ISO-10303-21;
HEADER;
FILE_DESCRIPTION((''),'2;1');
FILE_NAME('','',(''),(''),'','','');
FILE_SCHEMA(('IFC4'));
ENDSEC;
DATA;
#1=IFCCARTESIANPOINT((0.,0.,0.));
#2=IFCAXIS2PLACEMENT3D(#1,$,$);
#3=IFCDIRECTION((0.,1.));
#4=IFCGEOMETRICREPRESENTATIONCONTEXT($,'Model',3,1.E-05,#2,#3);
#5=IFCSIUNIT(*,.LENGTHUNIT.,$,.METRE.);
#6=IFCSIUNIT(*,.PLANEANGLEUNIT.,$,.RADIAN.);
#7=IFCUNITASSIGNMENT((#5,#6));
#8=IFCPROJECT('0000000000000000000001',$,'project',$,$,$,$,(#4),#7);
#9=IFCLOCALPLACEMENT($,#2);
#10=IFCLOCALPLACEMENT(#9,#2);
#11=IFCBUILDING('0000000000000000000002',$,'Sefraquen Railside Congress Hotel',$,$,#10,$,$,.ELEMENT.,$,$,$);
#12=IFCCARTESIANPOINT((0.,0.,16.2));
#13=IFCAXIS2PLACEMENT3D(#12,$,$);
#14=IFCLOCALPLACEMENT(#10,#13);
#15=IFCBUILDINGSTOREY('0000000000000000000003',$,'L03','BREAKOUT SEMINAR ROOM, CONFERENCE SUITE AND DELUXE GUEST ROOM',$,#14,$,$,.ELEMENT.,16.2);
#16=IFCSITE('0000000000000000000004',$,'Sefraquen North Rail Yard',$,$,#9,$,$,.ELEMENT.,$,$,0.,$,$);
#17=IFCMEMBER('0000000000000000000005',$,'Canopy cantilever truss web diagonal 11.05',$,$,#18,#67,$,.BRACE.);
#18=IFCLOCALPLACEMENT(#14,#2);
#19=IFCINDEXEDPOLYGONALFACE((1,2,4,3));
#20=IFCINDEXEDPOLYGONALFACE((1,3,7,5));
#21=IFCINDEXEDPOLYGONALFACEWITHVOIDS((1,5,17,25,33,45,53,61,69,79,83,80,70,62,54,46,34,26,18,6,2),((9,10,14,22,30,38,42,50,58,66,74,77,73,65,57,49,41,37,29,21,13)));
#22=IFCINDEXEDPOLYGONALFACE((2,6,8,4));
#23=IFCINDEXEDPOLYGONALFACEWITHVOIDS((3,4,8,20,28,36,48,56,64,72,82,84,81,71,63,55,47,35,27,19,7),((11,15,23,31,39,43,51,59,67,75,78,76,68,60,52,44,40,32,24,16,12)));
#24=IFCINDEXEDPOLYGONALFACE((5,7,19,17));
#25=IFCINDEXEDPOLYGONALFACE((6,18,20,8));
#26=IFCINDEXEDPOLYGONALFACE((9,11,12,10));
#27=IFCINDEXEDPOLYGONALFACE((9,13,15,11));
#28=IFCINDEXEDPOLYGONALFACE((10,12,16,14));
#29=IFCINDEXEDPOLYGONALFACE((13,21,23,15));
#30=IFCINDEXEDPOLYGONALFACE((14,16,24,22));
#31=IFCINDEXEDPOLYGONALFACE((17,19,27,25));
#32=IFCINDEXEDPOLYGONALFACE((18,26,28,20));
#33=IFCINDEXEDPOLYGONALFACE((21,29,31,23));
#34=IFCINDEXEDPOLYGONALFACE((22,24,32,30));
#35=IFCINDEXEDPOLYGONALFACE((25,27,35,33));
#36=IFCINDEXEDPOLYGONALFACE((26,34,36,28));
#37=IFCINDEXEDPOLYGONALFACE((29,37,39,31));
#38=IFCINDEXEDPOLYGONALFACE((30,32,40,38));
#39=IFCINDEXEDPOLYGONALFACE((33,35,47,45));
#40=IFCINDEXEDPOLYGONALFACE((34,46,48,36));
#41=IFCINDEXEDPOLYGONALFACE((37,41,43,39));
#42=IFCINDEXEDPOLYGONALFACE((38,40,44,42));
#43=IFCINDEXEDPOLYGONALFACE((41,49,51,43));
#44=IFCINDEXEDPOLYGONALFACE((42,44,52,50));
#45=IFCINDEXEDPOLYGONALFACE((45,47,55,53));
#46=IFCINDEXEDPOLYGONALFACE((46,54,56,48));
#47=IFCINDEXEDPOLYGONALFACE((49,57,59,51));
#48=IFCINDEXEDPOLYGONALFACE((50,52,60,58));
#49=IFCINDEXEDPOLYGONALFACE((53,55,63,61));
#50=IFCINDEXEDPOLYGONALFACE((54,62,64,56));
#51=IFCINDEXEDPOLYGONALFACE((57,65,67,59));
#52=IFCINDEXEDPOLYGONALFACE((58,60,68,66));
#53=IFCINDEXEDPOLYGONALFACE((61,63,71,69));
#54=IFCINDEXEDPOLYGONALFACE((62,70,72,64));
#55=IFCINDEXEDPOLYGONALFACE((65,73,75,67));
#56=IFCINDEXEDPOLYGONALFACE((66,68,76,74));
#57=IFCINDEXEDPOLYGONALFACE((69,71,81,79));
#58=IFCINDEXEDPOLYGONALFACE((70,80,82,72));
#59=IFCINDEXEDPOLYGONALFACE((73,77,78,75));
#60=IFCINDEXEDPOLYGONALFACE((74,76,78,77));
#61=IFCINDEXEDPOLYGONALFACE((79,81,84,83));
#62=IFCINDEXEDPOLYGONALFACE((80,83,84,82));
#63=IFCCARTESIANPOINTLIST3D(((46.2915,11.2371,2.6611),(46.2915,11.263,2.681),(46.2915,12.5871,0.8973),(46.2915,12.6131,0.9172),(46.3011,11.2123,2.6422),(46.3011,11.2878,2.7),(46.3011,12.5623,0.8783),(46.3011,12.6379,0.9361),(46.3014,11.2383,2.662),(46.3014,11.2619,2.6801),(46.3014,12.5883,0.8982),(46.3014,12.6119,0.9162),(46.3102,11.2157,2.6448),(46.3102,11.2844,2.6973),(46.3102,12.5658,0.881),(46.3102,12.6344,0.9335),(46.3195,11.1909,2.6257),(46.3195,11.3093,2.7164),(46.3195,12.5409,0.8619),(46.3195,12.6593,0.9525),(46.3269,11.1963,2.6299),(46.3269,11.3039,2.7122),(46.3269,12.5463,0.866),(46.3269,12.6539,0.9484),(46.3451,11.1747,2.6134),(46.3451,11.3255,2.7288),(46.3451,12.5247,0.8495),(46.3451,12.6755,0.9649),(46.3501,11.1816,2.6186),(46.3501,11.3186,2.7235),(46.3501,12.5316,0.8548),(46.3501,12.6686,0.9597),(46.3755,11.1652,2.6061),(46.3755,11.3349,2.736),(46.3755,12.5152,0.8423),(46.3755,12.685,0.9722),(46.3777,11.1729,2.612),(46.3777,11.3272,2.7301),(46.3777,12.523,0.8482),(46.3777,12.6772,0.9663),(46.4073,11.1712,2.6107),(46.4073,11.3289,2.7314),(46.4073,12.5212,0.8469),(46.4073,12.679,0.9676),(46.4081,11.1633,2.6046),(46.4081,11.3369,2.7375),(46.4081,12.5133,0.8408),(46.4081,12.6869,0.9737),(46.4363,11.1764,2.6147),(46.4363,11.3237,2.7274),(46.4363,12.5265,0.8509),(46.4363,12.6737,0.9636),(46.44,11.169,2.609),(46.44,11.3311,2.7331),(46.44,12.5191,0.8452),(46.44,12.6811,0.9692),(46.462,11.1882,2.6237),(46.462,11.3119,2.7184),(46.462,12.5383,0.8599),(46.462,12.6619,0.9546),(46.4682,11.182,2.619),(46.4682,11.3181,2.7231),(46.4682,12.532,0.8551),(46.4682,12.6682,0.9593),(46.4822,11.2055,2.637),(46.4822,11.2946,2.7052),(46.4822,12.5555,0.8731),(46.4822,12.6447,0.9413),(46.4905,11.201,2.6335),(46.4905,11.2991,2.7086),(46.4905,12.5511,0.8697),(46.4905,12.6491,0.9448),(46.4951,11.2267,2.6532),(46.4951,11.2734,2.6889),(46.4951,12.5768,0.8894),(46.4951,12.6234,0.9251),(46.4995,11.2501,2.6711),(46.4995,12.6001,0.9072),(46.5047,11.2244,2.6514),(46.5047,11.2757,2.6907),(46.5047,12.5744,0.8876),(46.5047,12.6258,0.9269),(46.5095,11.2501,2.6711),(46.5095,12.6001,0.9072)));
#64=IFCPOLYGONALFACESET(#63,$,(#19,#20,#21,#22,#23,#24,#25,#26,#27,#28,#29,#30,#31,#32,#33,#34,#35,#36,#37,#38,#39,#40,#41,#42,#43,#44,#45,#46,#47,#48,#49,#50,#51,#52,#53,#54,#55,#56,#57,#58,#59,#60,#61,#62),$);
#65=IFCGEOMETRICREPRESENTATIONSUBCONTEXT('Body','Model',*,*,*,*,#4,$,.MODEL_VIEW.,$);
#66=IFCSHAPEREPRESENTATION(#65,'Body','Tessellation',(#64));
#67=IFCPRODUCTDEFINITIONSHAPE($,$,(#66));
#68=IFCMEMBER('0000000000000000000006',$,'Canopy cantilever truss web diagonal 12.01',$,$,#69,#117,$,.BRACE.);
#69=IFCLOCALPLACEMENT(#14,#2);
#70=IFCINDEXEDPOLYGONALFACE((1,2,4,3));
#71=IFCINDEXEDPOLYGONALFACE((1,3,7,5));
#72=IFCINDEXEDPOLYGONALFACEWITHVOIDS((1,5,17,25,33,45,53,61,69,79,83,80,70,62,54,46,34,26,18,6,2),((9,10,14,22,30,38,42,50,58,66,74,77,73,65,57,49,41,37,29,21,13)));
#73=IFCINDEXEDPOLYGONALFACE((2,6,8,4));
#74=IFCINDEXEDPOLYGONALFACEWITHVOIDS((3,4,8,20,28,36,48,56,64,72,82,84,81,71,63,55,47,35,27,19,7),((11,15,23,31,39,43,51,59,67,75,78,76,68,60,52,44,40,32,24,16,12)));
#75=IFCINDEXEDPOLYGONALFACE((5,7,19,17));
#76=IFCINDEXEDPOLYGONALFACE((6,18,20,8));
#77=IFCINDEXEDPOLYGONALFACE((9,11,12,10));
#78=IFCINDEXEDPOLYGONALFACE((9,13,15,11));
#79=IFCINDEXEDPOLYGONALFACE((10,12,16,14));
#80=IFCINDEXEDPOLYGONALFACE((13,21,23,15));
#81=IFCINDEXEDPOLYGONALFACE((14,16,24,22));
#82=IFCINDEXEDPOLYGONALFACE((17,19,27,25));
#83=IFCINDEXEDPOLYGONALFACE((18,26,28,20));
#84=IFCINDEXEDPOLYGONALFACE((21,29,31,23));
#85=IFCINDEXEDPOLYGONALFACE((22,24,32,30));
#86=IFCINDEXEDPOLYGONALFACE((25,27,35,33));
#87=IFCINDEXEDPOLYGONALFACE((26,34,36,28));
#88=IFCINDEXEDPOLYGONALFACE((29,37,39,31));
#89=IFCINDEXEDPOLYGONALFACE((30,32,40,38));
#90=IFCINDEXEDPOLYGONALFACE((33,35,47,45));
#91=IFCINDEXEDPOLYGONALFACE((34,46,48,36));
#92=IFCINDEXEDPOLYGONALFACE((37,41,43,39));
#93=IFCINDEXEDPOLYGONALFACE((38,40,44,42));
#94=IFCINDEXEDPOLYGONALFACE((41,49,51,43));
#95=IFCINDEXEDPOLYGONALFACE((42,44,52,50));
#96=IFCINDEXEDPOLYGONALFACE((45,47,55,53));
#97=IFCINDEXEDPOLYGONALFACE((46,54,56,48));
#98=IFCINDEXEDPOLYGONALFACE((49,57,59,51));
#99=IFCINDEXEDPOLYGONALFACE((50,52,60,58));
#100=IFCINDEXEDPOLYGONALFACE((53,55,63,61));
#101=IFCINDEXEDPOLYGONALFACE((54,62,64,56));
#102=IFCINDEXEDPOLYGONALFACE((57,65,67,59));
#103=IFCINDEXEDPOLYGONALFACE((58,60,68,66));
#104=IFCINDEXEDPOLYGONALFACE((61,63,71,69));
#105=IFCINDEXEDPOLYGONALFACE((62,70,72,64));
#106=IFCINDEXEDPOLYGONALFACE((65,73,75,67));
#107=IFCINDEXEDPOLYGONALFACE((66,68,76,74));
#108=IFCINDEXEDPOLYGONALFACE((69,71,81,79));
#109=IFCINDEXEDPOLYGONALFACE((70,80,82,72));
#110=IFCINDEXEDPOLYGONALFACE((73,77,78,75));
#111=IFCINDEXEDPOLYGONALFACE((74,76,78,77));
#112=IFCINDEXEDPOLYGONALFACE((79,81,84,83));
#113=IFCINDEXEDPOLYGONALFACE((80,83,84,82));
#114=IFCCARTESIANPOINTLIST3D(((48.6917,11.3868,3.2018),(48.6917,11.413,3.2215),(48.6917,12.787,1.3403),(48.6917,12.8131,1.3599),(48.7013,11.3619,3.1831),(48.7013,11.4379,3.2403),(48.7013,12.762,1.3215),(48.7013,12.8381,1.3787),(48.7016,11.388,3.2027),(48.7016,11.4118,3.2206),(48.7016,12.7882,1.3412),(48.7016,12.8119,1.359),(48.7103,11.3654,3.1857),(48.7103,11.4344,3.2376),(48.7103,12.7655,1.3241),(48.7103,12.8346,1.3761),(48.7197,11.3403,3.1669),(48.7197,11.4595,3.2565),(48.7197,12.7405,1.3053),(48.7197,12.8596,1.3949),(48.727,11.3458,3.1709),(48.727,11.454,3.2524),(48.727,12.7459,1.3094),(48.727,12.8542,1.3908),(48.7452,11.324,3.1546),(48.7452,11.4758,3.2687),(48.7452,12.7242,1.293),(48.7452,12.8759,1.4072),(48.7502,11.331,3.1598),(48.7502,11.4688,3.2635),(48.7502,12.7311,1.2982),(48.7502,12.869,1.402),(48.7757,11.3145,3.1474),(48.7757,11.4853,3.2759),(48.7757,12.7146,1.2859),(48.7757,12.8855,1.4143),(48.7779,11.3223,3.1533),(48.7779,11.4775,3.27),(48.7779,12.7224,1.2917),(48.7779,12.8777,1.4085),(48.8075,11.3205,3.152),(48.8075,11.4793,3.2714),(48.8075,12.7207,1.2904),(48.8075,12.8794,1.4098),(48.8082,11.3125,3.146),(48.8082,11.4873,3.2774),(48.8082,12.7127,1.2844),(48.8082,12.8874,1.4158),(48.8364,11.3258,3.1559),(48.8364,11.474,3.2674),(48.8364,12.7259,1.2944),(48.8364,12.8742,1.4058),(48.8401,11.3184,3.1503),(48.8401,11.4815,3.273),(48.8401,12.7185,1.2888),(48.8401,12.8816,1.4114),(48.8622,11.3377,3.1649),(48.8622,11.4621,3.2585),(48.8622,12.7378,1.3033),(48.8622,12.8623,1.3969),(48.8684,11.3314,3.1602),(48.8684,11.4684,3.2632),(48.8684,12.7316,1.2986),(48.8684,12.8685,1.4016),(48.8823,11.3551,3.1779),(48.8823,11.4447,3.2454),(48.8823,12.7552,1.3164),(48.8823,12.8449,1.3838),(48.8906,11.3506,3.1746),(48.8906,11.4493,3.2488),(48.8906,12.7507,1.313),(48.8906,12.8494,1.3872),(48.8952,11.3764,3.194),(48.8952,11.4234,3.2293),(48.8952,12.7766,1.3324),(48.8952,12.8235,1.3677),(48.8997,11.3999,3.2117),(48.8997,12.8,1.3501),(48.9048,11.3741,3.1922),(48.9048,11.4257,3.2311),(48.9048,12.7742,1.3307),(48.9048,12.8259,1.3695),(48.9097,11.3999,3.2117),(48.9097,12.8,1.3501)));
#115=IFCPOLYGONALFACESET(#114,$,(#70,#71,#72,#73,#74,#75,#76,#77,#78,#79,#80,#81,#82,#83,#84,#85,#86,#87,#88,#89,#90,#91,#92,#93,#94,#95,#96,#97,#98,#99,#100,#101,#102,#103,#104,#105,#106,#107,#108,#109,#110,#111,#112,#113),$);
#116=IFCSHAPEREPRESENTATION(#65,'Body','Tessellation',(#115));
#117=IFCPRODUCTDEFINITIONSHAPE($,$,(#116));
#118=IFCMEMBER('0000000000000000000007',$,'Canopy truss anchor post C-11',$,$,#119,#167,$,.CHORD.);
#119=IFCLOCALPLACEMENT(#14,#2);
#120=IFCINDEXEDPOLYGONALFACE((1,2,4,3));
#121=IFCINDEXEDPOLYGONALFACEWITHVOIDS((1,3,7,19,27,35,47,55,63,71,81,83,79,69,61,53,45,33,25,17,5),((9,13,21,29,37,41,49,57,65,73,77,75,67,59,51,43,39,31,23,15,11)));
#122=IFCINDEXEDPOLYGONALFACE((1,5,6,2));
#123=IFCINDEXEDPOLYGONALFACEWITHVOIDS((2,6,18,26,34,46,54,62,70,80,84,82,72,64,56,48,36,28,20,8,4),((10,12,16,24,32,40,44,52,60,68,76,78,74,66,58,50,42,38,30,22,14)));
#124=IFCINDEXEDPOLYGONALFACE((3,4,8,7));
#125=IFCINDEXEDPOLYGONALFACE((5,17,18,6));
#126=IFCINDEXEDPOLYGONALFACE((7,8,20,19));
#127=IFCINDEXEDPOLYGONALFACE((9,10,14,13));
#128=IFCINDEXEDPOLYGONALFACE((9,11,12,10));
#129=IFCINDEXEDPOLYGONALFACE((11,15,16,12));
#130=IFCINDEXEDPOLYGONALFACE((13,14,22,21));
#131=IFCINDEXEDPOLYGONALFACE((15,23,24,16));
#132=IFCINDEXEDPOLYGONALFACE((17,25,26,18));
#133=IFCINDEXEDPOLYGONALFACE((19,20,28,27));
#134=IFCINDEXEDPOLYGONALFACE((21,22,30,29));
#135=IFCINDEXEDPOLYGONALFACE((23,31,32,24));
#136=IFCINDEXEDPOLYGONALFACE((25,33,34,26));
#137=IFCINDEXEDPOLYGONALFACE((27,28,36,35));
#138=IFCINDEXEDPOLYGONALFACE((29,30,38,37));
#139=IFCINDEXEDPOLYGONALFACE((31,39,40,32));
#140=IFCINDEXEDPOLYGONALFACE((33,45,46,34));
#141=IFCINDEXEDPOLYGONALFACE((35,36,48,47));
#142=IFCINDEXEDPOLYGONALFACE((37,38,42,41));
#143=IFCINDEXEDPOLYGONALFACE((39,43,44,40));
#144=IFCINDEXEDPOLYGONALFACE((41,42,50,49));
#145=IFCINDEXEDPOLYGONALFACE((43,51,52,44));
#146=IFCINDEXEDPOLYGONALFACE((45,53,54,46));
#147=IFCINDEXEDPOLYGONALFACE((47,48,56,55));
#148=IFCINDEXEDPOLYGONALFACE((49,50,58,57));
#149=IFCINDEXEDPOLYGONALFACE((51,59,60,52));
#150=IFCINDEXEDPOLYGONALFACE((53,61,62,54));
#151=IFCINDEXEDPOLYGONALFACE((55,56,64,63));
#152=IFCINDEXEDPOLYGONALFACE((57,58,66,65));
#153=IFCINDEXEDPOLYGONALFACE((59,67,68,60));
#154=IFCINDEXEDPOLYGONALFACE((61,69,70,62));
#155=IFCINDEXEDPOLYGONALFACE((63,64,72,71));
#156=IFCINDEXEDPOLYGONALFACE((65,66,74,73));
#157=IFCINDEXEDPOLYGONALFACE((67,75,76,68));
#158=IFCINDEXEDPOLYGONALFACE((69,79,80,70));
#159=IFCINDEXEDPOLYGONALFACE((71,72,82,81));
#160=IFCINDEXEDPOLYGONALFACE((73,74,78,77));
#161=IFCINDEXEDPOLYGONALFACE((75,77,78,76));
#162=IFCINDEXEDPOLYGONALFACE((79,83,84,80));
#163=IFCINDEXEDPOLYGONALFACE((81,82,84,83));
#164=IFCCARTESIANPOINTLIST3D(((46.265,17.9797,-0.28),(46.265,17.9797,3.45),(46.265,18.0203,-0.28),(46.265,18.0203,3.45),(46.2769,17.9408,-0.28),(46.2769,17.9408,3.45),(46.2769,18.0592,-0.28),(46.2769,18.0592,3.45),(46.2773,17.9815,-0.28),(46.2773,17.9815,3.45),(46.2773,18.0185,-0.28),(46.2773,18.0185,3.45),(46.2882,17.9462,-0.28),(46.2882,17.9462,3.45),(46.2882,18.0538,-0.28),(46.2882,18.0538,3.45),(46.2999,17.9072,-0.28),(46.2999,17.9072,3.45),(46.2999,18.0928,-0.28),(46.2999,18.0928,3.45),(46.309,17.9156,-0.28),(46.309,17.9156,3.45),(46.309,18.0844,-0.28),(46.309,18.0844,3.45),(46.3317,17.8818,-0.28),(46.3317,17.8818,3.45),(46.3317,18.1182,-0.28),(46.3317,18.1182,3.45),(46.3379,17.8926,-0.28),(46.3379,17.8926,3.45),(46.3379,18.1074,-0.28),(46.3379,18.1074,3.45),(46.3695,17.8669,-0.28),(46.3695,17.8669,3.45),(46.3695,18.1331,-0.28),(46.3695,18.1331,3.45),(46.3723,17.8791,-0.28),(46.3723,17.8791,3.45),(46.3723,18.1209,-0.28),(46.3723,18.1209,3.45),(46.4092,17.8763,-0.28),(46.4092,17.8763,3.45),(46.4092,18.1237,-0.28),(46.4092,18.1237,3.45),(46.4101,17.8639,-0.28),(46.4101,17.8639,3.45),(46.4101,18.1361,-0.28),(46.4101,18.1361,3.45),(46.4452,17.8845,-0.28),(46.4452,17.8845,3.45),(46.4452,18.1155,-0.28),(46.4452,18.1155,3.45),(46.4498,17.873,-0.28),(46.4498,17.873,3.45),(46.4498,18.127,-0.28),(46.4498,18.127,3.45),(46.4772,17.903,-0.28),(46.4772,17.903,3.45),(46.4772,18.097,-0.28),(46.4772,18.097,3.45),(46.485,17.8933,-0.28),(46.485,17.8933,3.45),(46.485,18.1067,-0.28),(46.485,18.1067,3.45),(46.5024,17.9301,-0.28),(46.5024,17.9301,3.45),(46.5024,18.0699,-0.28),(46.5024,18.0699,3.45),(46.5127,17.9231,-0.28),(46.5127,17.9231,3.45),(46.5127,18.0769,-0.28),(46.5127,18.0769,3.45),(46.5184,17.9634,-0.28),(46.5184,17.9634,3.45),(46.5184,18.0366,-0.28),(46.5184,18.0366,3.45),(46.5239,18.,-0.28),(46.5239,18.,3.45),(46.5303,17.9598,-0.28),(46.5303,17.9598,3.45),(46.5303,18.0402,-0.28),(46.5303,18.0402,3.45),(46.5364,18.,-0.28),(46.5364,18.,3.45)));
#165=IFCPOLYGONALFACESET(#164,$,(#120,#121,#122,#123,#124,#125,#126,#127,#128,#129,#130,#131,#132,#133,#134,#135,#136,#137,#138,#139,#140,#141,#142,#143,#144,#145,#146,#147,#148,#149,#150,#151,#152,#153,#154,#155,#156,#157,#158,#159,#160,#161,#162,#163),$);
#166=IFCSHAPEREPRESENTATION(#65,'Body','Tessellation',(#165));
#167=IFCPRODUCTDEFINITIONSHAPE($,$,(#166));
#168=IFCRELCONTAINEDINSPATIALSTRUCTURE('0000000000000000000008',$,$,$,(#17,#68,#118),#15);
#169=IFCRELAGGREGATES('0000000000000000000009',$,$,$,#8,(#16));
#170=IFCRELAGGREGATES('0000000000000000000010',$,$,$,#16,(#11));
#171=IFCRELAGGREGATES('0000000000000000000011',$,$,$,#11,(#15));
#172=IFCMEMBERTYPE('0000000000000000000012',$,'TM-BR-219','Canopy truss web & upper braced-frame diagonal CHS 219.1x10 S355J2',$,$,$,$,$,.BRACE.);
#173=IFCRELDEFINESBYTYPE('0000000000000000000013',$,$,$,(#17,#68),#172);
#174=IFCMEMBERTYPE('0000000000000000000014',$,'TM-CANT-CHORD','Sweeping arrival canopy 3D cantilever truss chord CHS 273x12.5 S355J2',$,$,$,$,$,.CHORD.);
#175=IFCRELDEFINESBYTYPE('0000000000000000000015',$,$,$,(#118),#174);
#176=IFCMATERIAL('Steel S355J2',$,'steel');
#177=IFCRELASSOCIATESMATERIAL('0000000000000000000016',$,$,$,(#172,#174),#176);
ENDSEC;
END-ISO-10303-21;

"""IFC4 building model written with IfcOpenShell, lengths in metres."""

from ifc_helpers import new_model, si_unit, direction, frame, origin, origin_2d, place, context, subcontext, project, spatial, hollow_circle, extrude, material, material_profile, profile_set, type_object, element, save


model = new_model("IFC4")

# Units and contexts
model_context = context("Model", 3, precision=1e-05, world=origin(), true_north=direction((0.0, 1.0)))
body_context = subcontext(model_context, "Body", "Model", "MODEL_VIEW")
ifc_project = project(units=[si_unit("LENGTHUNIT", "METRE"), si_unit("PLANEANGLEUNIT", "RADIAN")], contexts=[model_context])

# Site, building, storey
site_placement = place(None, origin())
site = spatial("IfcSite", under=ifc_project, at=site_placement, Name="Sefraquen North Rail Yard", CompositionType="ELEMENT", RefElevation=0.0)
building_placement = place(site_placement, origin())
building = spatial("IfcBuilding", under=site, at=building_placement, Name="Sefraquen Railside Congress Hotel", CompositionType="ELEMENT")
storey_placement = place(building_placement, frame((0.0, 0.0, 16.2)))
storey = spatial("IfcBuildingStorey", under=building, at=storey_placement, Name="L03", Description="BREAKOUT SEMINAR ROOM, CONFERENCE SUITE AND DELUXE GUEST ROOM", CompositionType="ELEMENT", Elevation=16.2)

# Shared definitions
ifc_material_1 = material(Name="Steel S355J2", Category="steel")

# Members
ifc_material_profile_1 = material_profile(ifc_material_1, hollow_circle(Radius=0.1096, WallThickness=0.01, at=origin_2d()), Name="CHS 219.1x10")
ifc_profile_set_1 = profile_set([ifc_material_profile_1], Name="Steel S355J2")
member_type_1 = type_object("IfcMemberType", Name="TM-BR-219", Description="Canopy truss web & upper braced-frame diagonal CHS 219.1x10 S355J2", PredefinedType="BRACE", material=ifc_profile_set_1)
member_1_placement = place(storey_placement, frame((46.3999, 12.6001, 0.9072), z_axis=(0.0, -0.607797, 0.794093), x_axis=(1.0, 0.0, 0.0)))
element("IfcMember", 1, at=member_1_placement, inside=storey, type_object=member_type_1, Name="Canopy cantilever truss web diagonal 11.05", PredefinedType="BRACE", context=body_context, shape_type="SweptSolid", body=[
    extrude(hollow_circle(Radius=0.1096, WallThickness=0.01, at=origin_2d()), origin(), (0.0, 0.0, 1.0), 2.2212),
])
member_2_placement = place(storey_placement, frame((48.8, 12.8, 1.3501), z_axis=(0.0, -0.601089, 0.799182), x_axis=(1.0, 0.0, 0.0)))
element("IfcMember", 2, at=member_2_placement, inside=storey, type_object=member_type_1, Name="Canopy cantilever truss web diagonal 12.01", PredefinedType="BRACE", context=body_context, shape_type="SweptSolid", body=[
    extrude(hollow_circle(Radius=0.1096, WallThickness=0.01, at=origin_2d()), origin(), (0.0, 0.0, 1.0), 2.3293),
])
ifc_material_profile_2 = material_profile(ifc_material_1, hollow_circle(Radius=0.1365, WallThickness=0.0125, at=origin_2d()), Name="CHS 273x12.5")
ifc_profile_set_2 = profile_set([ifc_material_profile_2], Name="Steel S355J2")
member_type_2 = type_object("IfcMemberType", Name="TM-CANT-CHORD", Description="Sweeping arrival canopy 3D cantilever truss chord CHS 273x12.5 S355J2", PredefinedType="CHORD", material=ifc_profile_set_2)
for number, where, z_axis, x_axis, name in (
    (3, (46.3999, 18.0, -0.28), (0.0, 0.0, 1.0), (1.0, 0.0, 0.0), "Canopy truss anchor post C-11"),
):
    element("IfcMember", number, at=place(storey_placement, frame(where, z_axis=z_axis, x_axis=x_axis)), inside=storey, type_object=member_type_2, Name=name, PredefinedType="CHORD", context=body_context, shape_type="SweptSolid", body=[
        extrude(hollow_circle(Radius=0.1365, WallThickness=0.0125, at=origin_2d()), origin(), (0.0, 0.0, 1.0), 3.73),
    ])

save(model, "model.ifc")
